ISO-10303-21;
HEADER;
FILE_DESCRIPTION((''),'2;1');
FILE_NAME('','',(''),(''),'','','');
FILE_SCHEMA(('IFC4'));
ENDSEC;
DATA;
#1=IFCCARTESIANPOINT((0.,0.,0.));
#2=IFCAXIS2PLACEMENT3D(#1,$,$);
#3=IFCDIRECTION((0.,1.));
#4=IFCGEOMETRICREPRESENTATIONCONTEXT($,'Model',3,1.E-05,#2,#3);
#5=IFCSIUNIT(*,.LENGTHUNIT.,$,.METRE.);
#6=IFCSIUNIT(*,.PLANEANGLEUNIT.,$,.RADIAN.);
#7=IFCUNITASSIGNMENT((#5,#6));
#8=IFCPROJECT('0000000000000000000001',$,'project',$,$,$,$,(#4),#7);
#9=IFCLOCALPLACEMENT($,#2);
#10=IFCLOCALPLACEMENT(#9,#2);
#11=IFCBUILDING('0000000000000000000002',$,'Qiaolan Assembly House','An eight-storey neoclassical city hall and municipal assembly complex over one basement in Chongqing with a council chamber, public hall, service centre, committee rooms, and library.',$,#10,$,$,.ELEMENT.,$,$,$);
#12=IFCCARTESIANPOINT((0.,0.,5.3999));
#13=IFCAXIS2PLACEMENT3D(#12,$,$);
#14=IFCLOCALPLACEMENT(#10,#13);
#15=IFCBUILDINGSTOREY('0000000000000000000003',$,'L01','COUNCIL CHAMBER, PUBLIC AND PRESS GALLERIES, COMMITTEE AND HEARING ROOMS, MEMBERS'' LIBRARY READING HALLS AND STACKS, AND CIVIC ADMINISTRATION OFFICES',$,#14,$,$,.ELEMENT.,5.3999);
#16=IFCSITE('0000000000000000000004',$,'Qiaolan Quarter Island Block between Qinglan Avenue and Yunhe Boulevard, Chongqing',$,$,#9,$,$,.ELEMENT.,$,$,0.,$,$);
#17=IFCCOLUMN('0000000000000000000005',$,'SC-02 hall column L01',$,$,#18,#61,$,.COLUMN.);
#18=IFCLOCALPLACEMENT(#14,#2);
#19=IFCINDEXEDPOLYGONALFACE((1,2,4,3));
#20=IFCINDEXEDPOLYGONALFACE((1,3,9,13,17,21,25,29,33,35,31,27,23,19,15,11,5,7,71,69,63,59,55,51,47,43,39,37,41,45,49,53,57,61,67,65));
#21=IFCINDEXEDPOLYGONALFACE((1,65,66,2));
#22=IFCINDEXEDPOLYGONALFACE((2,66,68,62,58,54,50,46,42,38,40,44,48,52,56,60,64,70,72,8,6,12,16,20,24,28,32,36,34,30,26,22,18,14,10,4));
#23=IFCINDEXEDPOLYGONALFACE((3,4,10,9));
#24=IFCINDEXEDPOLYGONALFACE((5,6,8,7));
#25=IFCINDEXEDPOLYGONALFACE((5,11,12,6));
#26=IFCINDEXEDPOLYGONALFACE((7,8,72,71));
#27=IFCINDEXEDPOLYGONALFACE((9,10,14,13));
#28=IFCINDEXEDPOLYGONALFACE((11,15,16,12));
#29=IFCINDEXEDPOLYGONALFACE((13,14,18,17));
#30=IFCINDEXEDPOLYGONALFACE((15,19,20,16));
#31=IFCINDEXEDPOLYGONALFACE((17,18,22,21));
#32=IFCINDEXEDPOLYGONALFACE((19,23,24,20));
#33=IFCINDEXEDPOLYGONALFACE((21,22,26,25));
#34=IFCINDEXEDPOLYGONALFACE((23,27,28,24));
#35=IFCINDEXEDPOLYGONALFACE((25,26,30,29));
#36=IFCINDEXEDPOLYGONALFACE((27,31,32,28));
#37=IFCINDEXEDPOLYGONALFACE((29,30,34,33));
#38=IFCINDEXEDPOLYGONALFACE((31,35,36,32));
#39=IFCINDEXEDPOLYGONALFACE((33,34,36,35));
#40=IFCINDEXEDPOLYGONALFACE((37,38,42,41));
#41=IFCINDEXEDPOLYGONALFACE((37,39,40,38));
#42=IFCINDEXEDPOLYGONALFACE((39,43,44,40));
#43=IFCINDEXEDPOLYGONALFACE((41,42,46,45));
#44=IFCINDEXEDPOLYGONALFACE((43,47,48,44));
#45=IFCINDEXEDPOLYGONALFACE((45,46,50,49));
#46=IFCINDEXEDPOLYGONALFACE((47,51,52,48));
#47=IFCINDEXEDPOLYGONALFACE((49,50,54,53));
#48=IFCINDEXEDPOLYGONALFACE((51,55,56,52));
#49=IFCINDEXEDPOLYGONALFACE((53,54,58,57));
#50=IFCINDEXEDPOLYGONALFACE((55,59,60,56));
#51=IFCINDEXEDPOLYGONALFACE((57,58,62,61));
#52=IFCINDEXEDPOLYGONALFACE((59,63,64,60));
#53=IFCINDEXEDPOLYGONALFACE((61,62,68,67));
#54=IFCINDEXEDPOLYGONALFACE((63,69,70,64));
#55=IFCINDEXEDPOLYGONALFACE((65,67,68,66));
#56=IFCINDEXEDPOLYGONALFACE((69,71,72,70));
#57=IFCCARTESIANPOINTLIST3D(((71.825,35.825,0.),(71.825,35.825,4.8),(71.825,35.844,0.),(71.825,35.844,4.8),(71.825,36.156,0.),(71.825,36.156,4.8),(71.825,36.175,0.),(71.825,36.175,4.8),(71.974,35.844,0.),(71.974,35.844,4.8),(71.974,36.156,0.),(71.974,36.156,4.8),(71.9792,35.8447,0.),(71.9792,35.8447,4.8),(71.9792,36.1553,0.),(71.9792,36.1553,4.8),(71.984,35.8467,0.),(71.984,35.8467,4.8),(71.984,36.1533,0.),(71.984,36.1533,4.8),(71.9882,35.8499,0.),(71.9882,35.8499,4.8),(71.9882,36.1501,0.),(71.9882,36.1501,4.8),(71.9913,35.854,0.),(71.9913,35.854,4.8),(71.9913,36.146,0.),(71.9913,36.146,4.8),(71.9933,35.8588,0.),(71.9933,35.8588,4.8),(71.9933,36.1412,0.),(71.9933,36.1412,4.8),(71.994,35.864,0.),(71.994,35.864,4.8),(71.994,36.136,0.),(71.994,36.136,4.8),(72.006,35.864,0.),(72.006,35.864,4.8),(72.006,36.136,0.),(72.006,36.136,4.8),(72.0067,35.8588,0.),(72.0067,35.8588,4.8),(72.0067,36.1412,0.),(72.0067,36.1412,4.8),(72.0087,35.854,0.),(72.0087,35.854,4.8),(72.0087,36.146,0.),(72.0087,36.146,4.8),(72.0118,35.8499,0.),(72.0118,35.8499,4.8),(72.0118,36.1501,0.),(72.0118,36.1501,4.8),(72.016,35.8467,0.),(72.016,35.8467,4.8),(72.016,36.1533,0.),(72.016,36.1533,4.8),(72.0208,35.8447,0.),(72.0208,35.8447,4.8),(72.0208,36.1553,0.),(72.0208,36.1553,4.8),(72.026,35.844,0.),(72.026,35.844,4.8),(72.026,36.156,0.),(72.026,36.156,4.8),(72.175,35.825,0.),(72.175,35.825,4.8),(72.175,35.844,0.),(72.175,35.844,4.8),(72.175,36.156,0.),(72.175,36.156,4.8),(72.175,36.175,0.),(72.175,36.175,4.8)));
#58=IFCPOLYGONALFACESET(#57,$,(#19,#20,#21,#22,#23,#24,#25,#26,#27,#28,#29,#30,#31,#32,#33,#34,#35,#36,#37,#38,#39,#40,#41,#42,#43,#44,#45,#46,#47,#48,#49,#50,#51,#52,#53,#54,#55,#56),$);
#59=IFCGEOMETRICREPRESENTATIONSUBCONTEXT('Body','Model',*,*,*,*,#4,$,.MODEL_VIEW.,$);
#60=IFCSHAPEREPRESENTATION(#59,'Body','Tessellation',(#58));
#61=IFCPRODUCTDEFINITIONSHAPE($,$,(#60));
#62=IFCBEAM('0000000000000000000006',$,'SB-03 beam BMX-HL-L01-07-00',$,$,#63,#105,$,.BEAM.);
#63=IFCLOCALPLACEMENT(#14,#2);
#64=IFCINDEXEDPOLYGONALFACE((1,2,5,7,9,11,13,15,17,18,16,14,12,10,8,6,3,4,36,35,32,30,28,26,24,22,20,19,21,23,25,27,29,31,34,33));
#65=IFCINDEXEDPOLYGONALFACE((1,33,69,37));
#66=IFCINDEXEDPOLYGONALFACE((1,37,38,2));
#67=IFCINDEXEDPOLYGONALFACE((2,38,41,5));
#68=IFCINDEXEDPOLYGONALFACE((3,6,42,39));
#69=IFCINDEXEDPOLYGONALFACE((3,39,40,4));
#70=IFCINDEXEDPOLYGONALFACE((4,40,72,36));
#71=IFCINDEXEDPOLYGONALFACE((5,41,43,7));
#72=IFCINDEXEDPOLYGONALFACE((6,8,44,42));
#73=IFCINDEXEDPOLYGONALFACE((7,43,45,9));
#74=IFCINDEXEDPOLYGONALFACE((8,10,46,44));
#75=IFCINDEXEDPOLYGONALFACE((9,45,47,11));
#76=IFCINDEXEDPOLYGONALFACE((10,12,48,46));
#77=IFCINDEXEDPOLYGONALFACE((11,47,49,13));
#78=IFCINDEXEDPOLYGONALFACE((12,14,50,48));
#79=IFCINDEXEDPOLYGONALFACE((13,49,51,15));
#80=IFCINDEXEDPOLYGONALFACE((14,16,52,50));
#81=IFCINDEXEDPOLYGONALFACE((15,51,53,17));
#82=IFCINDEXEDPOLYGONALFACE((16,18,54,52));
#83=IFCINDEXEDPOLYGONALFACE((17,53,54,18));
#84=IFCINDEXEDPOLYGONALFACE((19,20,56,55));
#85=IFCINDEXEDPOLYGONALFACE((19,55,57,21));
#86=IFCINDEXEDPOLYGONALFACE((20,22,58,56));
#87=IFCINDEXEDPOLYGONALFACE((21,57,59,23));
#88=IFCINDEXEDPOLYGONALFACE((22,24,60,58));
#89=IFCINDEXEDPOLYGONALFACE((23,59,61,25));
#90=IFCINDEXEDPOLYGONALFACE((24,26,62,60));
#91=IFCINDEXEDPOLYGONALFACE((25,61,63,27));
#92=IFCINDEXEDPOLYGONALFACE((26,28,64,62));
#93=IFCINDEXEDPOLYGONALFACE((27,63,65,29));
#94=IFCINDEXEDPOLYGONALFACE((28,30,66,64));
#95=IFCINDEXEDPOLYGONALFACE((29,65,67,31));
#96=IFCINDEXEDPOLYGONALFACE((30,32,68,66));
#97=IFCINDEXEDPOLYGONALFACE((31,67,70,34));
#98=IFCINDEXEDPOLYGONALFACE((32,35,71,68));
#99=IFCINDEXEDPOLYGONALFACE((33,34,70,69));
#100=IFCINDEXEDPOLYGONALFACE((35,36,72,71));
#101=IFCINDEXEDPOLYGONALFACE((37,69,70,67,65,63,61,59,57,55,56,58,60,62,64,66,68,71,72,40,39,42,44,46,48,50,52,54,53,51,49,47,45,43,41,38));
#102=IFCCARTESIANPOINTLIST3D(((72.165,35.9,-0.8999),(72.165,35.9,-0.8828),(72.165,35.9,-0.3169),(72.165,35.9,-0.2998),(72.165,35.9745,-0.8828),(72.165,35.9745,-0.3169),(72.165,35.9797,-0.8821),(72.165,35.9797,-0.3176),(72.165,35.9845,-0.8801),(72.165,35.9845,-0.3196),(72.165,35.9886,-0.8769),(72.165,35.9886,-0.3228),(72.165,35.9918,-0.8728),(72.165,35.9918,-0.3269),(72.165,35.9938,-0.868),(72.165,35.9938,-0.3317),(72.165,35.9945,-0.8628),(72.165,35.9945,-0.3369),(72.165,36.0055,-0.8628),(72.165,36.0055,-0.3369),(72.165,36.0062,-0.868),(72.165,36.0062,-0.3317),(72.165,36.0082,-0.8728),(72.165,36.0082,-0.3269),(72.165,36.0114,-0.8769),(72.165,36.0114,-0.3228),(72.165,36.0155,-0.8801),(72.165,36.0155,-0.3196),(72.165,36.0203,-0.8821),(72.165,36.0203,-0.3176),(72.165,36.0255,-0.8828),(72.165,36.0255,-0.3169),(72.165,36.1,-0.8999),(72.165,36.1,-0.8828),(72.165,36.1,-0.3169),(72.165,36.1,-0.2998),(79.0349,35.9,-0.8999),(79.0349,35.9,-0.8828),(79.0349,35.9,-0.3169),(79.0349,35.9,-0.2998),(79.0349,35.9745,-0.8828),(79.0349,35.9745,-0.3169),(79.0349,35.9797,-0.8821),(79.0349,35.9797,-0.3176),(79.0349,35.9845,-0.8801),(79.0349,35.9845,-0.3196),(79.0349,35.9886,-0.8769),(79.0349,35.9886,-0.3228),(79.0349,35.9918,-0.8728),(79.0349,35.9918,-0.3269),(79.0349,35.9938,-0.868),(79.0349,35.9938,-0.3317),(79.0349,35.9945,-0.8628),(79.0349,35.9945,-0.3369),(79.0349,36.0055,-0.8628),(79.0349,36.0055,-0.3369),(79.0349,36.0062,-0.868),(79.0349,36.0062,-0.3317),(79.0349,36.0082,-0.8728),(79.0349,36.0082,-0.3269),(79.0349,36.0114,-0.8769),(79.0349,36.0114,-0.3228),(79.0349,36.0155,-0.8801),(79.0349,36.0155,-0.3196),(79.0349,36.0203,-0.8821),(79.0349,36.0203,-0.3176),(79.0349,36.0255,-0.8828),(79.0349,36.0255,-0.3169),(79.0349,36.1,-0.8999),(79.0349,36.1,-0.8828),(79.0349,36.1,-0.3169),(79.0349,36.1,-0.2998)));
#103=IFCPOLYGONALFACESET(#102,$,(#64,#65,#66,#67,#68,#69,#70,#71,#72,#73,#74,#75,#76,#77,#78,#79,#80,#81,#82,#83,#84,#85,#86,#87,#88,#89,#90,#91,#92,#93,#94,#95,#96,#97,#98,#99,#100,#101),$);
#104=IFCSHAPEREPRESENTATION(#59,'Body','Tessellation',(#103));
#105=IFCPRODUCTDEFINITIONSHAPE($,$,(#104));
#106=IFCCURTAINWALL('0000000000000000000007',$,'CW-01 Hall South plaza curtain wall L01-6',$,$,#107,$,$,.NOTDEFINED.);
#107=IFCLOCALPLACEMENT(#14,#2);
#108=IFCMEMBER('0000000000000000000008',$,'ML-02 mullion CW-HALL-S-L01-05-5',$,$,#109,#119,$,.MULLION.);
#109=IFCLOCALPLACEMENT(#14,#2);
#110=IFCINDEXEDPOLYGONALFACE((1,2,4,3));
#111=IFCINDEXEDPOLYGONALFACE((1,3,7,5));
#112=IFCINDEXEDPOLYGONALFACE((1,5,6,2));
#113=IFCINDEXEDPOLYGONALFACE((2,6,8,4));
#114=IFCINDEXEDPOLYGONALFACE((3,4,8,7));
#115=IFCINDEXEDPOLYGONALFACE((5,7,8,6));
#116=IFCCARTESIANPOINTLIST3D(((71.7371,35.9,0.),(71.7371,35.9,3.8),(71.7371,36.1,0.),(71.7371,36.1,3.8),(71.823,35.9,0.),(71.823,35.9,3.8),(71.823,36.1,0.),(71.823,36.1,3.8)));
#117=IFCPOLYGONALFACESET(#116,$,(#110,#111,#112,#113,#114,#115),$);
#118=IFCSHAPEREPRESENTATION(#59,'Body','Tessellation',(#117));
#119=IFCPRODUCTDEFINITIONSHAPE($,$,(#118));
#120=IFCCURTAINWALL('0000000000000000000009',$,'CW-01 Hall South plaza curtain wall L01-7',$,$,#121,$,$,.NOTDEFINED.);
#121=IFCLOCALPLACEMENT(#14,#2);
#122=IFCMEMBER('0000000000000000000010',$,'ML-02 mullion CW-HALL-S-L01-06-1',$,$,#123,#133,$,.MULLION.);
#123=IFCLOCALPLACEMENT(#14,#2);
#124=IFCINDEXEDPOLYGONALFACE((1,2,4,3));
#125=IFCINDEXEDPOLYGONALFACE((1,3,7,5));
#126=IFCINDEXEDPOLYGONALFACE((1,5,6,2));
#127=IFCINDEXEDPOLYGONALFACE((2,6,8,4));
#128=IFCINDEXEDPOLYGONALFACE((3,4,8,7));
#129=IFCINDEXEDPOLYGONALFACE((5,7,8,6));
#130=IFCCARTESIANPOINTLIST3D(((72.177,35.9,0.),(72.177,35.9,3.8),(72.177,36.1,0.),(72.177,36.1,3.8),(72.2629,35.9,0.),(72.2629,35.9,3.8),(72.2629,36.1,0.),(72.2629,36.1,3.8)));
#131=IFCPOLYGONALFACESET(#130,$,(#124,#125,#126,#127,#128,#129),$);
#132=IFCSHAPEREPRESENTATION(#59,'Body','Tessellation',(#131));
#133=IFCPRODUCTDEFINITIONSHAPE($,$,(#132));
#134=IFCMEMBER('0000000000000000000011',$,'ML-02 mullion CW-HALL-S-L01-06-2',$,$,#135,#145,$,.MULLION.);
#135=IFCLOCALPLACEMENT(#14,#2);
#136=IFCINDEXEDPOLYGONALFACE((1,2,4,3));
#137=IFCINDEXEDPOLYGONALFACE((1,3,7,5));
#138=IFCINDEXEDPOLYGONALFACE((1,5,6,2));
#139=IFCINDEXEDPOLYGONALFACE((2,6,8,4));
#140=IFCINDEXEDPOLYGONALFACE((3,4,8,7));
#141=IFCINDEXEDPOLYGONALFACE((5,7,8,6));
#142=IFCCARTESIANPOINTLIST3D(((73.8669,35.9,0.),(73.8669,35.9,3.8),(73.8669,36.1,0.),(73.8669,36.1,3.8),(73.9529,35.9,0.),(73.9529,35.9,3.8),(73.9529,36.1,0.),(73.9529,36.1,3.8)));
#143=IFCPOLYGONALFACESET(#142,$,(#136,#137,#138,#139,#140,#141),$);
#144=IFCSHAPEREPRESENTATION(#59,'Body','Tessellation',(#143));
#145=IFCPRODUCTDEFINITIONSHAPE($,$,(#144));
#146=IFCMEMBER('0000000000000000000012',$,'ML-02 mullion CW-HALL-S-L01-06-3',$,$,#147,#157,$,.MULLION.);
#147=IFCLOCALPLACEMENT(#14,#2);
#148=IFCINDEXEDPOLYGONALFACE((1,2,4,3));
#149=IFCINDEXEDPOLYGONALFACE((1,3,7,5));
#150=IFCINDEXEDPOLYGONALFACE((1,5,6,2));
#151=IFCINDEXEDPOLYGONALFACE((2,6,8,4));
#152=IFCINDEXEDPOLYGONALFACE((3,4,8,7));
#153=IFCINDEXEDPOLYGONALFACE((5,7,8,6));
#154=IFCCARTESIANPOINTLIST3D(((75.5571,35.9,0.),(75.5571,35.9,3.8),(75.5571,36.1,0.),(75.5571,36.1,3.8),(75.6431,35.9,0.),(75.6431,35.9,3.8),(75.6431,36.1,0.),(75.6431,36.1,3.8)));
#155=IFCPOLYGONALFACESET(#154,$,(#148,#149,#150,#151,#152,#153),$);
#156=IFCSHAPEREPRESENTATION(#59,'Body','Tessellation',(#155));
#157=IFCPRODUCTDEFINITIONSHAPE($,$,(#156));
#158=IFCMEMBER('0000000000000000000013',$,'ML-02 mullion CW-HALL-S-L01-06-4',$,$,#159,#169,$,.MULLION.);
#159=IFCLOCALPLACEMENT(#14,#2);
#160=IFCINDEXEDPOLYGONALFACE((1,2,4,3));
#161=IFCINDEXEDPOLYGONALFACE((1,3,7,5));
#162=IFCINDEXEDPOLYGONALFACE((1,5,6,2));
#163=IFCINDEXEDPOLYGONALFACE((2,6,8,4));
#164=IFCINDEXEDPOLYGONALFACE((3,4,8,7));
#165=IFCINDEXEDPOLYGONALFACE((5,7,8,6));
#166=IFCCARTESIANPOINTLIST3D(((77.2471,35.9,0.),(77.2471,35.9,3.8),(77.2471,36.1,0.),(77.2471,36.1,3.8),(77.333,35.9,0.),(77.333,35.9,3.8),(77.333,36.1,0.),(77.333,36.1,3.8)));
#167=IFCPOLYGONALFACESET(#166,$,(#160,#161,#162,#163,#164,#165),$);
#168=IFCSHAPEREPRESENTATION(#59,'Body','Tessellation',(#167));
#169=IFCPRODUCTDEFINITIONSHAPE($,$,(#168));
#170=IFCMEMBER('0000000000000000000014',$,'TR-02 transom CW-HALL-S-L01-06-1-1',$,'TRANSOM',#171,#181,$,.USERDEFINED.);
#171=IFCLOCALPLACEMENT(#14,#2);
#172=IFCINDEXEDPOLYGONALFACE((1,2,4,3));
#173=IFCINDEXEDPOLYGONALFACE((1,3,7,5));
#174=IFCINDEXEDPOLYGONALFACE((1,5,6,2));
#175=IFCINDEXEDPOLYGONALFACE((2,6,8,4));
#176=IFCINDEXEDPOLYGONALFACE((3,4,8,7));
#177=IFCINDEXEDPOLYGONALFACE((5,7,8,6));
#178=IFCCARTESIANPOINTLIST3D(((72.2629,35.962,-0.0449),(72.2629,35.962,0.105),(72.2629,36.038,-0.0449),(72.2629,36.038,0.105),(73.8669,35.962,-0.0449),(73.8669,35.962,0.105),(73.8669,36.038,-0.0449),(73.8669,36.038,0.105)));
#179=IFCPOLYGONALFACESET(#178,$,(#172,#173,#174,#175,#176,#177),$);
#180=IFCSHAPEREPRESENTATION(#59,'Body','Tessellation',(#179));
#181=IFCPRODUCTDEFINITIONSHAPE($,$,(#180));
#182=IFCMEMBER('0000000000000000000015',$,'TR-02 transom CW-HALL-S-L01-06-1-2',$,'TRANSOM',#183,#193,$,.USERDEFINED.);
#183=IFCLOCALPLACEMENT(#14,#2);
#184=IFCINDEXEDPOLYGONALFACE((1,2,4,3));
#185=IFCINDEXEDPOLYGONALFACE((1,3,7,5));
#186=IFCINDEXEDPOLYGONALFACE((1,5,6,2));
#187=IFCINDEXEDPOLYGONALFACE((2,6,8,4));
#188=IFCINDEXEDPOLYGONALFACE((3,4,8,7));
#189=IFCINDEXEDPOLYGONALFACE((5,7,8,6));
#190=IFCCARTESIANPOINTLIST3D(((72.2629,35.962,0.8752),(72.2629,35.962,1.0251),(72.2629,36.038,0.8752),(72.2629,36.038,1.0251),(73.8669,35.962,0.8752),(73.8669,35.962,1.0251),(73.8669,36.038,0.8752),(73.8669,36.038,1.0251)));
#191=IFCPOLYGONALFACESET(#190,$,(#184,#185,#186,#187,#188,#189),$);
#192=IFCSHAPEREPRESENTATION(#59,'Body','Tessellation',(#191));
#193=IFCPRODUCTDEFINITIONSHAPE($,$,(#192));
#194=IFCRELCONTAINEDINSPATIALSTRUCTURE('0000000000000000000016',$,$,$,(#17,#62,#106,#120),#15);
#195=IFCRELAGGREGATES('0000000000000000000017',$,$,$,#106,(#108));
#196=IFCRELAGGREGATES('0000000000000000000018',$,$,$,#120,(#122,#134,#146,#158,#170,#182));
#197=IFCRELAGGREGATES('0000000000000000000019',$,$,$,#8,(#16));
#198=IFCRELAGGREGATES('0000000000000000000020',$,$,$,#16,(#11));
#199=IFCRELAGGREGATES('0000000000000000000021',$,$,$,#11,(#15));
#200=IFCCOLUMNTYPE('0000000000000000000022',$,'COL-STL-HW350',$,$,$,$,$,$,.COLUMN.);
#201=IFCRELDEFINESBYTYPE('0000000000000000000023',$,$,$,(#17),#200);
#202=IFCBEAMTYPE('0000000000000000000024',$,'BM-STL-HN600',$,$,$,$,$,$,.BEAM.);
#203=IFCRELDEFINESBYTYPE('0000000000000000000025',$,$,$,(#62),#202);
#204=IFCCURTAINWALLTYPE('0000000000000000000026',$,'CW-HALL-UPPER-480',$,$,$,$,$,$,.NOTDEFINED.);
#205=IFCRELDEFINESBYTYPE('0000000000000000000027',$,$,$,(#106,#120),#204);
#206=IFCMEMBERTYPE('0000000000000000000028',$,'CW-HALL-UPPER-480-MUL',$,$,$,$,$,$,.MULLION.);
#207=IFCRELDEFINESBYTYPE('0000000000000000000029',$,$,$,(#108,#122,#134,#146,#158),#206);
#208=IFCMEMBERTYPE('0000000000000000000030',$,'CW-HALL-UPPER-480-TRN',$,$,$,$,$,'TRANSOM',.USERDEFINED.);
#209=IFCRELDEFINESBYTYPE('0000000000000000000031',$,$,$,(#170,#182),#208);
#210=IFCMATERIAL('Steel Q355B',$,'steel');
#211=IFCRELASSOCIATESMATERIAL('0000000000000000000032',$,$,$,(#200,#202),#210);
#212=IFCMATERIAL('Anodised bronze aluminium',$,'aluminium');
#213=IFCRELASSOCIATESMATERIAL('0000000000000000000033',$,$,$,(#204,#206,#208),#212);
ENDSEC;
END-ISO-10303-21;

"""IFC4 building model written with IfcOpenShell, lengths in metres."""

from ifc_helpers import new_model, si_unit, direction, frame, origin, origin_2d, place, context, subcontext, project, spatial, rectangle, i_section, extrude, material, material_profile, profile_set, type_object, element, aggregate, save


model = new_model("IFC4")

# Units and contexts
model_context = context("Model", 3, precision=1e-05, world=origin(), true_north=direction((0.0, 1.0)))
body_context = subcontext(model_context, "Body", "Model", "MODEL_VIEW")
ifc_project = project(units=[si_unit("LENGTHUNIT", "METRE"), si_unit("PLANEANGLEUNIT", "RADIAN")], contexts=[model_context])

# Site, building, storey
site_placement = place(None, origin())
site = spatial("IfcSite", under=ifc_project, at=site_placement, Name="Qiaolan Quarter Island Block between Qinglan Avenue and Yunhe Boulevard, Chongqing", CompositionType="ELEMENT", RefElevation=0.0)
building_placement = place(site_placement, origin())
building = spatial("IfcBuilding", under=site, at=building_placement, Name="Qiaolan Assembly House", Description="An eight-storey neoclassical city hall and municipal assembly complex over one basement in Chongqing with a council chamber, public hall, service centre, committee rooms, and library.", CompositionType="ELEMENT")
storey_placement = place(building_placement, frame((0.0, 0.0, 5.3999)))
storey = spatial("IfcBuildingStorey", under=building, at=storey_placement, Name="L01", Description="COUNCIL CHAMBER, PUBLIC AND PRESS GALLERIES, COMMITTEE AND HEARING ROOMS, MEMBERS' LIBRARY READING HALLS AND STACKS, AND CIVIC ADMINISTRATION OFFICES", CompositionType="ELEMENT", Elevation=5.3999)

# Column
ifc_material_1 = material(Name="Steel Q355B", Category="steel")
ifc_material_profile_1 = material_profile(ifc_material_1, i_section(OverallWidth=0.3501, OverallDepth=0.3501, WebThickness=0.012, FlangeThickness=0.019, FilletRadius=0.02, at=origin_2d()), Name="HW 350x350x12x19")
ifc_profile_set_1 = profile_set([ifc_material_profile_1], Name="Steel Q355B")
column_type = type_object("IfcColumnType", Name="COL-STL-HW350", PredefinedType="COLUMN", material=ifc_profile_set_1)
column_placement = place(storey_placement, frame((72.0, 36.0, 0.0), z_axis=(0.0, 0.0, 1.0), x_axis=(1.0, 0.0, 0.0)))
element("IfcColumn", 1, at=column_placement, inside=storey, type_object=column_type, Name="SC-02 hall column L01", PredefinedType="COLUMN", context=body_context, shape_type="SweptSolid", body=[
    extrude(i_section(OverallWidth=0.3501, OverallDepth=0.3501, WebThickness=0.012, FlangeThickness=0.019, FilletRadius=0.02, at=origin_2d()), origin(), (0.0, 0.0, 1.0), 4.8),
])

# Beam
ifc_material_profile_2 = material_profile(ifc_material_1, i_section(OverallWidth=0.2, OverallDepth=0.6001, WebThickness=0.011, FlangeThickness=0.0171, FilletRadius=0.02, at=origin_2d()), Name="HN 600x200x11x17")
ifc_profile_set_2 = profile_set([ifc_material_profile_2], Name="Steel Q355B")
beam_type = type_object("IfcBeamType", Name="BM-STL-HN600", PredefinedType="BEAM", material=ifc_profile_set_2)
beam_placement = place(storey_placement, frame((72.165, 36.0, -0.5999), z_axis=(1.0, 0.0, 0.0), x_axis=(0.0, 1.0, 0.0)))
element("IfcBeam", 2, at=beam_placement, inside=storey, type_object=beam_type, Name="SB-03 beam BMX-HL-L01-07-00", PredefinedType="BEAM", context=body_context, shape_type="SweptSolid", body=[
    extrude(i_section(OverallWidth=0.2, OverallDepth=0.6001, WebThickness=0.011, FlangeThickness=0.0171, FilletRadius=0.02, at=origin_2d()), origin(), (0.0, 0.0, 1.0), 6.8699),
])

# Curtain wall, member
ifc_material_2 = material(Name="Anodised bronze aluminium", Category="aluminium")
curtain_wall_type = type_object("IfcCurtainWallType", Name="CW-HALL-UPPER-480", PredefinedType="NOTDEFINED", material=ifc_material_2)
curtain_wall_1_placement = place(storey_placement, origin())
curtain_wall_1 = element("IfcCurtainWall", 3, at=curtain_wall_1_placement, inside=storey, type_object=curtain_wall_type, Name="CW-01 Hall South plaza curtain wall L01-6", PredefinedType="NOTDEFINED")
ifc_material_profile_3 = material_profile(ifc_material_2, rectangle(XDim=0.0859, YDim=0.2, at=origin_2d()), Name="MUL 86x200")
ifc_profile_set_3 = profile_set([ifc_material_profile_3], Name="Anodised bronze aluminium")
member_type_1 = type_object("IfcMemberType", Name="CW-HALL-UPPER-480-MUL", PredefinedType="MULLION", material=ifc_profile_set_3)
member_1_placement = place(storey_placement, frame((71.78, 36.0, 0.0), z_axis=(0.0, 0.0, 1.0), x_axis=(1.0, 0.0, 0.0)))
member_1 = element("IfcMember", 4, at=member_1_placement, type_object=member_type_1, Name="ML-02 mullion CW-HALL-S-L01-05-5", PredefinedType="MULLION", context=body_context, shape_type="SweptSolid", body=[
    extrude(rectangle(XDim=0.0859, YDim=0.2, at=origin_2d()), origin(), (0.0, 0.0, 1.0), 3.8),
])
aggregate(curtain_wall_1, [member_1])

# Curtain wall, members
curtain_wall_2_placement = place(storey_placement, origin())
curtain_wall_2 = element("IfcCurtainWall", 5, at=curtain_wall_2_placement, inside=storey, type_object=curtain_wall_type, Name="CW-01 Hall South plaza curtain wall L01-7", PredefinedType="NOTDEFINED")
member_2_placement = place(storey_placement, frame((72.22, 36.0, 0.0), z_axis=(0.0, 0.0, 1.0), x_axis=(1.0, 0.0, 0.0)))
member_2 = element("IfcMember", 6, at=member_2_placement, type_object=member_type_1, Name="ML-02 mullion CW-HALL-S-L01-06-1", PredefinedType="MULLION", context=body_context, shape_type="SweptSolid", body=[
    extrude(rectangle(XDim=0.0859, YDim=0.2, at=origin_2d()), origin(), (0.0, 0.0, 1.0), 3.8),
])
member_3_placement = place(storey_placement, frame((73.9099, 36.0, 0.0), z_axis=(0.0, 0.0, 1.0), x_axis=(1.0, 0.0, 0.0)))
member_3 = element("IfcMember", 7, at=member_3_placement, type_object=member_type_1, Name="ML-02 mullion CW-HALL-S-L01-06-2", PredefinedType="MULLION", context=body_context, shape_type="SweptSolid", body=[
    extrude(rectangle(XDim=0.0859, YDim=0.2, at=origin_2d()), origin(), (0.0, 0.0, 1.0), 3.8),
])
member_4_placement = place(storey_placement, frame((75.6001, 36.0, 0.0), z_axis=(0.0, 0.0, 1.0), x_axis=(1.0, 0.0, 0.0)))
member_4 = element("IfcMember", 8, at=member_4_placement, type_object=member_type_1, Name="ML-02 mullion CW-HALL-S-L01-06-3", PredefinedType="MULLION", context=body_context, shape_type="SweptSolid", body=[
    extrude(rectangle(XDim=0.0859, YDim=0.2, at=origin_2d()), origin(), (0.0, 0.0, 1.0), 3.8),
])
member_5_placement = place(storey_placement, frame((77.29, 36.0, 0.0), z_axis=(0.0, 0.0, 1.0), x_axis=(1.0, 0.0, 0.0)))
member_5 = element("IfcMember", 9, at=member_5_placement, type_object=member_type_1, Name="ML-02 mullion CW-HALL-S-L01-06-4", PredefinedType="MULLION", context=body_context, shape_type="SweptSolid", body=[
    extrude(rectangle(XDim=0.0859, YDim=0.2, at=origin_2d()), origin(), (0.0, 0.0, 1.0), 3.8),
])
ifc_material_profile_4 = material_profile(ifc_material_2, rectangle(XDim=0.0759, YDim=0.1499, at=origin_2d()), Name="TRN 76x150")
ifc_profile_set_4 = profile_set([ifc_material_profile_4], Name="Anodised bronze aluminium")
member_type_2 = type_object("IfcMemberType", Name="CW-HALL-UPPER-480-TRN", ElementType="TRANSOM", PredefinedType="USERDEFINED", material=ifc_profile_set_4)
member_6_placement = place(storey_placement, frame((72.2629, 36.0, 0.03), z_axis=(1.0, 0.0, 0.0), x_axis=(0.0, 1.0, 0.0)))
member_6 = element("IfcMember", 10, at=member_6_placement, type_object=member_type_2, Name="TR-02 transom CW-HALL-S-L01-06-1-1", ObjectType="TRANSOM", PredefinedType="USERDEFINED", context=body_context, shape_type="SweptSolid", body=[
    extrude(rectangle(XDim=0.0759, YDim=0.1499, at=origin_2d()), origin(), (0.0, 0.0, 1.0), 1.604),
])
member_7_placement = place(storey_placement, frame((72.2629, 36.0, 0.9502), z_axis=(1.0, 0.0, 0.0), x_axis=(0.0, 1.0, 0.0)))
member_7 = element("IfcMember", 11, at=member_7_placement, type_object=member_type_2, Name="TR-02 transom CW-HALL-S-L01-06-1-2", ObjectType="TRANSOM", PredefinedType="USERDEFINED", context=body_context, shape_type="SweptSolid", body=[
    extrude(rectangle(XDim=0.0759, YDim=0.1499, at=origin_2d()), origin(), (0.0, 0.0, 1.0), 1.604),
])
aggregate(curtain_wall_2, [member_2, member_3, member_4, member_5, member_6, member_7])

save(model, "model.ifc")
